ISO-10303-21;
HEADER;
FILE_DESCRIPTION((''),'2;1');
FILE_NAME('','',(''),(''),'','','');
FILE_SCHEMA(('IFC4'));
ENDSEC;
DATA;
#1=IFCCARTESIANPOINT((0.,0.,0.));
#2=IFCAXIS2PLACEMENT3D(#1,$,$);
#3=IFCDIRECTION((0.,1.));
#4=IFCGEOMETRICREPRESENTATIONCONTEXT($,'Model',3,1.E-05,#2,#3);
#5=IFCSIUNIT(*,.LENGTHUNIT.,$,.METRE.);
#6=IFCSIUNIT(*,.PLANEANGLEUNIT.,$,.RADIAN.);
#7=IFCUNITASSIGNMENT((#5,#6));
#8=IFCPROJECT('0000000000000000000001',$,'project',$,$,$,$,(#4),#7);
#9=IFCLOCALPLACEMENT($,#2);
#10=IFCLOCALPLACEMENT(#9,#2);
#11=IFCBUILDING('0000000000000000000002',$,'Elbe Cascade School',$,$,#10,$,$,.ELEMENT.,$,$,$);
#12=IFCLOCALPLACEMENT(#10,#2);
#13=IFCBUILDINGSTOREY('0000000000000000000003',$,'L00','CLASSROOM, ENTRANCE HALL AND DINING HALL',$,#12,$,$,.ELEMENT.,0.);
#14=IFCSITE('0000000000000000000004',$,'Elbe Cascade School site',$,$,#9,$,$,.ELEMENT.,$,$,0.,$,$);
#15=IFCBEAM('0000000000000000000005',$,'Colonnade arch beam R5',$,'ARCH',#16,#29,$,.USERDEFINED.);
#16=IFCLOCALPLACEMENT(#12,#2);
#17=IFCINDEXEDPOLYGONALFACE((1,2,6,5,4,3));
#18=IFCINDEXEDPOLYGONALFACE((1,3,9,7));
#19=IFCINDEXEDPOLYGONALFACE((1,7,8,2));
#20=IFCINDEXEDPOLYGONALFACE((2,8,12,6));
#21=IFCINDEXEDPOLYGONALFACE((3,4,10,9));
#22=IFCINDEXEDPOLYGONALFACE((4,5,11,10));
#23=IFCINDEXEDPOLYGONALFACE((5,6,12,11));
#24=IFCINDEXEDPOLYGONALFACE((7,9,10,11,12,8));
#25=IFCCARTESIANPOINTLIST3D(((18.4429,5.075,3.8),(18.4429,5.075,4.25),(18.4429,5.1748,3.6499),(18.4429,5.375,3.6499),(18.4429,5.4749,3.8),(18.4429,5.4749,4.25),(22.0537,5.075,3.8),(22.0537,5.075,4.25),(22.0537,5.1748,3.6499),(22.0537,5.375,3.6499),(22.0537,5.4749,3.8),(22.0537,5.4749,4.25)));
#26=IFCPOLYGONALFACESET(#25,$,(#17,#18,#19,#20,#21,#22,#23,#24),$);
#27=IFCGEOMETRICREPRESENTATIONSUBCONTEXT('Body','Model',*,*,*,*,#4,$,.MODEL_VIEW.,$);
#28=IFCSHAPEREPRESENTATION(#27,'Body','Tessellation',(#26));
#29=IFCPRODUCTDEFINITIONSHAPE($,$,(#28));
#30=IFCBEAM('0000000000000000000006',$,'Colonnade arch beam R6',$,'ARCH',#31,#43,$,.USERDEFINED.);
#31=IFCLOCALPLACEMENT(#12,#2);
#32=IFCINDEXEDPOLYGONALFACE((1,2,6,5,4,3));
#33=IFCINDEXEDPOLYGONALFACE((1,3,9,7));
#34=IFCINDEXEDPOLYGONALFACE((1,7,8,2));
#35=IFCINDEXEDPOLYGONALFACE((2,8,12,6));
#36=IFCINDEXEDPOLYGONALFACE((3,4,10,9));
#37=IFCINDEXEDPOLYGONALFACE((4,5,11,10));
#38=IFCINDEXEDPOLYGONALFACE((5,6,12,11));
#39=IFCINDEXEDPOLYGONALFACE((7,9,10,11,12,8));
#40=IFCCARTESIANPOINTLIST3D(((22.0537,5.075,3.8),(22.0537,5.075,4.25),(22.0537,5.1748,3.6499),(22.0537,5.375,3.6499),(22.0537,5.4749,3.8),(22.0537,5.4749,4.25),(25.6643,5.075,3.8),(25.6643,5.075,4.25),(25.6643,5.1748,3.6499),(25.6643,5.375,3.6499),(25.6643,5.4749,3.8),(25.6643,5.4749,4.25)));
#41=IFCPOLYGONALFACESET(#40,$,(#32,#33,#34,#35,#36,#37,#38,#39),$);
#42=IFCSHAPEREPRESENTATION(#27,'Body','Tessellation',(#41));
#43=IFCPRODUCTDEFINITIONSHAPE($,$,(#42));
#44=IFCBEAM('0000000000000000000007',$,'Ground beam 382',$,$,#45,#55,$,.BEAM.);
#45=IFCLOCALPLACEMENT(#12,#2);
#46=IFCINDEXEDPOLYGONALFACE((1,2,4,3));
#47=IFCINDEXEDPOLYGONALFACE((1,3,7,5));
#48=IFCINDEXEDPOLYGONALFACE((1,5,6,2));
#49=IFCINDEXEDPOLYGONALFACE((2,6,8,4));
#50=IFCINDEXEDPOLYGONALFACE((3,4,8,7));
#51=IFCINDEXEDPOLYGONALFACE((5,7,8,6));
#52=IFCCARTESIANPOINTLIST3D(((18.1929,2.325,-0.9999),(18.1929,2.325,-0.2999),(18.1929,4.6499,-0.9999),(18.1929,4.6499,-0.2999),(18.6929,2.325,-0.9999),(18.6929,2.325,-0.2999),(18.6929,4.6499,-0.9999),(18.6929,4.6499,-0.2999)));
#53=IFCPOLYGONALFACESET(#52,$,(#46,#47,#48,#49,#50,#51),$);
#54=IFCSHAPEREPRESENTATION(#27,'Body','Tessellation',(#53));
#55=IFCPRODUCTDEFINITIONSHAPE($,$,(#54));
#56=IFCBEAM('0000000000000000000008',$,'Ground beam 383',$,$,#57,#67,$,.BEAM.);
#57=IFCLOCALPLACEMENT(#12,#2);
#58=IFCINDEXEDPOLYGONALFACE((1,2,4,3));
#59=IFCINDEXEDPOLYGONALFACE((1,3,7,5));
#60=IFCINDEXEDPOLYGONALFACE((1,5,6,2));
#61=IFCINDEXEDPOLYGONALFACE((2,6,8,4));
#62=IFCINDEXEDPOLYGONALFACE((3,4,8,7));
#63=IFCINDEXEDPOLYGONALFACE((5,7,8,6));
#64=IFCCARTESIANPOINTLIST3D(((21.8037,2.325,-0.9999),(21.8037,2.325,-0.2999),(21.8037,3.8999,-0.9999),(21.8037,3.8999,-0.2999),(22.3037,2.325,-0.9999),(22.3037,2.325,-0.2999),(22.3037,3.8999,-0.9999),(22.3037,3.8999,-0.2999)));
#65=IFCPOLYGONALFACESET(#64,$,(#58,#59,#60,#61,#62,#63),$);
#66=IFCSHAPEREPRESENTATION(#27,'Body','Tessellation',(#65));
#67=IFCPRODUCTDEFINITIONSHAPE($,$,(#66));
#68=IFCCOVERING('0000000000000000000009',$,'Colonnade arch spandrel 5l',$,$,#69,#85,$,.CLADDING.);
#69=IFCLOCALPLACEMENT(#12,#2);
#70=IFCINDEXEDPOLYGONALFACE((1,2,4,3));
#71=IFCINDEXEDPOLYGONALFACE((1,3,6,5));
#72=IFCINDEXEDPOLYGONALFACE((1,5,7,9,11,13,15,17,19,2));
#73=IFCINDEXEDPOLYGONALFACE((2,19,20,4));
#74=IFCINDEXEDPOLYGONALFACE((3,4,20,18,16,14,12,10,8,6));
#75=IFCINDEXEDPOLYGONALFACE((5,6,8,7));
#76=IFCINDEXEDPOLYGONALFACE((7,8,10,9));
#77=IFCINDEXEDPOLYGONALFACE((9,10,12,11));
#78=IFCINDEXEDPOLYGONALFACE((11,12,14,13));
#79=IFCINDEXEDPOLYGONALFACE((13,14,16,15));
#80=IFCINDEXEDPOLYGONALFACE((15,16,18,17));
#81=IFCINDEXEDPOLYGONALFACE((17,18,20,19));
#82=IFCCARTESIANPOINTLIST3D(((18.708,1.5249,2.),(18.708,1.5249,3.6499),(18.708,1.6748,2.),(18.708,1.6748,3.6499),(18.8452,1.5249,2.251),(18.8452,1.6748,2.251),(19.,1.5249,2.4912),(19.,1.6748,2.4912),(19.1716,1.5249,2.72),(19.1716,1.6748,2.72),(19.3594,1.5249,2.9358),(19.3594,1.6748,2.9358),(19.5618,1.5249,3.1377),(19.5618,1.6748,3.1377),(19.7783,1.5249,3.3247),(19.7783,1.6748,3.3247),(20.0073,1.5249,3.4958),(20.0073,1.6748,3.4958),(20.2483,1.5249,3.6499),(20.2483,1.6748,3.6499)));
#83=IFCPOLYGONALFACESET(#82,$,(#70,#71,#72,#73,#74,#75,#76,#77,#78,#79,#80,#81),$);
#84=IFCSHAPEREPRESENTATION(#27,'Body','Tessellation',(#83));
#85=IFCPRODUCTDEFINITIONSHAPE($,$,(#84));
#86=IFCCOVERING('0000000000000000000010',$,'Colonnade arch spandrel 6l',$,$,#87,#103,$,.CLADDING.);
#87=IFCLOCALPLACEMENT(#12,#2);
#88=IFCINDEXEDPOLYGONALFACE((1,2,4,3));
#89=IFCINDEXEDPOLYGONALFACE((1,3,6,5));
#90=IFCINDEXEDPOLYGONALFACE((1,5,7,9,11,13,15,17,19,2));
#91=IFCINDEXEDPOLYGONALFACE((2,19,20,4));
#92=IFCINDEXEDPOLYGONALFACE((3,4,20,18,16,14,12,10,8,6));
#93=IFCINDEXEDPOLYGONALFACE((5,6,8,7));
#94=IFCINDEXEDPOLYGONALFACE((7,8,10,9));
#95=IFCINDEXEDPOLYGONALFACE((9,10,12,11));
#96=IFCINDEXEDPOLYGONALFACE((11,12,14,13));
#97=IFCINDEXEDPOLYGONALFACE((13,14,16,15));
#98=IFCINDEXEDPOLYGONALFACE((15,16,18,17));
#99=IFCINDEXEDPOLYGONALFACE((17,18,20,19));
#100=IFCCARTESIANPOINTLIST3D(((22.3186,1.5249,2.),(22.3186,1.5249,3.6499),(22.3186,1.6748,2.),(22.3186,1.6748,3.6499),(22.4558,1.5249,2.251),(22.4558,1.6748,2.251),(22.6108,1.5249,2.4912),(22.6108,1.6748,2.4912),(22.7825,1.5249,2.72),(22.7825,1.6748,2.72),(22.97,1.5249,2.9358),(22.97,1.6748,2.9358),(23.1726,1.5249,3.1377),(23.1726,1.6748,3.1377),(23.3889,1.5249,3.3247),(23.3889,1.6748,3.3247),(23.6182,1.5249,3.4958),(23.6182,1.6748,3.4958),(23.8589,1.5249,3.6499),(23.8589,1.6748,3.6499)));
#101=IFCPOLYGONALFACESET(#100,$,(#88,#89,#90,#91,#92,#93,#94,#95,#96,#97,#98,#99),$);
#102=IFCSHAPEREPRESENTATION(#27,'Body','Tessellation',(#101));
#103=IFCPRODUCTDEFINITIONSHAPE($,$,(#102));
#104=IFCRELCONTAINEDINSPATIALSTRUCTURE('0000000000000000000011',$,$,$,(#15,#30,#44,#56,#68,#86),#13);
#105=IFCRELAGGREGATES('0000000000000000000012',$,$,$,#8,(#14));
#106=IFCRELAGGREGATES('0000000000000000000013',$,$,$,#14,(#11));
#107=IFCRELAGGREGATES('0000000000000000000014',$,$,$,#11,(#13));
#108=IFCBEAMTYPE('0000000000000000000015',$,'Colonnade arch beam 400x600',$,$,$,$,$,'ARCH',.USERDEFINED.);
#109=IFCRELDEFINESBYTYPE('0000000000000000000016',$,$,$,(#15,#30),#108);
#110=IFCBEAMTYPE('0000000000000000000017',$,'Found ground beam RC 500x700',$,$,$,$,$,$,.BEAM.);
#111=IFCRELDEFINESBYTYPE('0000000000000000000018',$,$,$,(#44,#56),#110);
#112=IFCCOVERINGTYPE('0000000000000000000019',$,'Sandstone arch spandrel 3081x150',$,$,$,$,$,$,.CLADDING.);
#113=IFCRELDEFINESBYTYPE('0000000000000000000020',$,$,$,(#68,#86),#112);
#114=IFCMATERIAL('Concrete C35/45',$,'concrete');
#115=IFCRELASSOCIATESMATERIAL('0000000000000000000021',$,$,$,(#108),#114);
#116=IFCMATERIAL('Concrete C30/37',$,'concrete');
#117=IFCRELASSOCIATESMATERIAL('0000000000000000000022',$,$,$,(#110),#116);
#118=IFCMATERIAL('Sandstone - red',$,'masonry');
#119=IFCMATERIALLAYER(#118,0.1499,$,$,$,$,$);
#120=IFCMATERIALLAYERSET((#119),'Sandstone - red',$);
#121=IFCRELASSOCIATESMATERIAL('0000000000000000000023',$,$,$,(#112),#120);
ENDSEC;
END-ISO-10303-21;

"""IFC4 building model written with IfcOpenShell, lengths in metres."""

from ifc_helpers import new_model, si_unit, direction, frame, origin, origin_2d, place, context, subcontext, project, spatial, polyline, rectangle, outline, extrude, material, layer, layer_set, material_profile, profile_set, type_object, element, save


model = new_model("IFC4")

# Units and contexts
model_context = context("Model", 3, precision=1e-05, world=origin(), true_north=direction((0.0, 1.0)))
body_context = subcontext(model_context, "Body", "Model", "MODEL_VIEW")
ifc_project = project(units=[si_unit("LENGTHUNIT", "METRE"), si_unit("PLANEANGLEUNIT", "RADIAN")], contexts=[model_context])

# Site, building, storey
site_placement = place(None, origin())
site = spatial("IfcSite", under=ifc_project, at=site_placement, Name="Elbe Cascade School site", CompositionType="ELEMENT", RefElevation=0.0)
building_placement = place(site_placement, origin())
building = spatial("IfcBuilding", under=site, at=building_placement, Name="Elbe Cascade School", CompositionType="ELEMENT")
storey_placement = place(building_placement, origin())
storey = spatial("IfcBuildingStorey", under=building, at=storey_placement, Name="L00", Description="CLASSROOM, ENTRANCE HALL AND DINING HALL", CompositionType="ELEMENT", Elevation=0.0)

# Beams
ifc_material_1 = material(Name="Concrete C35/45", Category="concrete")
ifc_material_profile_1 = material_profile(ifc_material_1, outline(polyline([(-0.2, 0.3), (0.2, 0.3), (0.2, -0.1499), (0.1001, -0.3), (-0.1001, -0.3), (-0.2, -0.1499), (-0.2, 0.3)])), Name="RC arch 400x600")
ifc_profile_set_1 = profile_set([ifc_material_profile_1], Name="Concrete C35/45")
beam_type_1 = type_object("IfcBeamType", Name="Colonnade arch beam 400x600", ElementType="ARCH", PredefinedType="USERDEFINED", material=ifc_profile_set_1)
beam_1_placement = place(storey_placement, frame((18.4429, 5.2749, 3.95), z_axis=(1.0, 0.0, 0.0), x_axis=(0.0, 1.0, 0.0)))
element("IfcBeam", 1, at=beam_1_placement, inside=storey, type_object=beam_type_1, Name="Colonnade arch beam R5", ObjectType="ARCH", PredefinedType="USERDEFINED", context=body_context, shape_type="SweptSolid", body=[
    extrude(outline(polyline([(-0.2, 0.3), (0.2, 0.3), (0.2, -0.1499), (0.1001, -0.3), (-0.1001, -0.3), (-0.2, -0.1499), (-0.2, 0.3)])), origin(), (0.0, 0.0, 1.0), 3.6108),
])
beam_2_placement = place(storey_placement, frame((22.0537, 5.2749, 3.95), z_axis=(1.0, 0.0, 0.0), x_axis=(0.0, 1.0, 0.0)))
element("IfcBeam", 2, at=beam_2_placement, inside=storey, type_object=beam_type_1, Name="Colonnade arch beam R6", ObjectType="ARCH", PredefinedType="USERDEFINED", context=body_context, shape_type="SweptSolid", body=[
    extrude(outline(polyline([(-0.2, 0.3), (0.2, 0.3), (0.2, -0.1499), (0.1001, -0.3), (-0.1001, -0.3), (-0.2, -0.1499), (-0.2, 0.3)])), origin(), (0.0, 0.0, 1.0), 3.6106),
])
ifc_material_2 = material(Name="Concrete C30/37", Category="concrete")
ifc_material_profile_2 = material_profile(ifc_material_2, rectangle(XDim=0.5, YDim=0.7, at=origin_2d()), Name="RC 500x700")
ifc_profile_set_2 = profile_set([ifc_material_profile_2], Name="Concrete C30/37")
beam_type_2 = type_object("IfcBeamType", Name="Found ground beam RC 500x700", PredefinedType="BEAM", material=ifc_profile_set_2)
beam_3_placement = place(storey_placement, frame((18.4429, 2.325, -0.6499), z_axis=(0.0, 1.0, 0.0), x_axis=(-1.0, 0.0, 0.0)))
element("IfcBeam", 3, at=beam_3_placement, inside=storey, type_object=beam_type_2, Name="Ground beam 382", PredefinedType="BEAM", context=body_context, shape_type="SweptSolid", body=[
    extrude(rectangle(XDim=0.5, YDim=0.7, at=origin_2d()), origin(), (0.0, 0.0, 1.0), 2.325),
])
beam_4_placement = place(storey_placement, frame((22.0537, 2.325, -0.6499), z_axis=(0.0, 1.0, 0.0), x_axis=(-1.0, 0.0, 0.0)))
element("IfcBeam", 4, at=beam_4_placement, inside=storey, type_object=beam_type_2, Name="Ground beam 383", PredefinedType="BEAM", context=body_context, shape_type="SweptSolid", body=[
    extrude(rectangle(XDim=0.5, YDim=0.7, at=origin_2d()), origin(), (0.0, 0.0, 1.0), 1.575),
])

# Coverings
ifc_material_3 = material(Name="Sandstone - red", Category="masonry")
ifc_layer_1 = layer(ifc_material_3, 0.1499)
ifc_layer_set_1 = layer_set([ifc_layer_1], Name="Sandstone - red")
covering_type = type_object("IfcCoveringType", Name="Sandstone arch spandrel 3081x150", PredefinedType="CLADDING", material=ifc_layer_set_1)
covering_1_placement = place(storey_placement, frame((18.708, 1.5249, 3.6499), z_axis=(0.0, -1.0, 0.0), x_axis=(0.0, 0.0, -1.0)))
element("IfcCovering", 5, at=covering_1_placement, inside=storey, type_object=covering_type, Name="Colonnade arch spandrel 5l", PredefinedType="CLADDING", context=body_context, shape_type="SweptSolid", body=[
    extrude(outline(polyline([(0.0, 0.0), (1.6499, 0.0), (1.3989, 0.1372), (1.1587, 0.292), (0.9299, 0.4636), (0.7141, 0.6514), (0.5122, 0.8538), (0.3252, 1.0703), (0.1541, 1.2993), (0.0, 1.5403), (0.0, 0.0)])), origin(), (0.0, 0.0, -1.0), 0.1499),
])
covering_2_placement = place(storey_placement, frame((22.3186, 1.5249, 3.6499), z_axis=(0.0, -1.0, 0.0), x_axis=(0.0, 0.0, -1.0)))
element("IfcCovering", 6, at=covering_2_placement, inside=storey, type_object=covering_type, Name="Colonnade arch spandrel 6l", PredefinedType="CLADDING", context=body_context, shape_type="SweptSolid", body=[
    extrude(outline(polyline([(0.0, 0.0), (1.6499, 0.0), (1.3989, 0.1372), (1.1587, 0.2922), (0.9299, 0.4639), (0.7141, 0.6514), (0.5122, 0.854), (0.3252, 1.0703), (0.1541, 1.2996), (0.0, 1.5403), (0.0, 0.0)])), origin(), (0.0, 0.0, -1.0), 0.1499),
])

save(model, "model.ifc")
